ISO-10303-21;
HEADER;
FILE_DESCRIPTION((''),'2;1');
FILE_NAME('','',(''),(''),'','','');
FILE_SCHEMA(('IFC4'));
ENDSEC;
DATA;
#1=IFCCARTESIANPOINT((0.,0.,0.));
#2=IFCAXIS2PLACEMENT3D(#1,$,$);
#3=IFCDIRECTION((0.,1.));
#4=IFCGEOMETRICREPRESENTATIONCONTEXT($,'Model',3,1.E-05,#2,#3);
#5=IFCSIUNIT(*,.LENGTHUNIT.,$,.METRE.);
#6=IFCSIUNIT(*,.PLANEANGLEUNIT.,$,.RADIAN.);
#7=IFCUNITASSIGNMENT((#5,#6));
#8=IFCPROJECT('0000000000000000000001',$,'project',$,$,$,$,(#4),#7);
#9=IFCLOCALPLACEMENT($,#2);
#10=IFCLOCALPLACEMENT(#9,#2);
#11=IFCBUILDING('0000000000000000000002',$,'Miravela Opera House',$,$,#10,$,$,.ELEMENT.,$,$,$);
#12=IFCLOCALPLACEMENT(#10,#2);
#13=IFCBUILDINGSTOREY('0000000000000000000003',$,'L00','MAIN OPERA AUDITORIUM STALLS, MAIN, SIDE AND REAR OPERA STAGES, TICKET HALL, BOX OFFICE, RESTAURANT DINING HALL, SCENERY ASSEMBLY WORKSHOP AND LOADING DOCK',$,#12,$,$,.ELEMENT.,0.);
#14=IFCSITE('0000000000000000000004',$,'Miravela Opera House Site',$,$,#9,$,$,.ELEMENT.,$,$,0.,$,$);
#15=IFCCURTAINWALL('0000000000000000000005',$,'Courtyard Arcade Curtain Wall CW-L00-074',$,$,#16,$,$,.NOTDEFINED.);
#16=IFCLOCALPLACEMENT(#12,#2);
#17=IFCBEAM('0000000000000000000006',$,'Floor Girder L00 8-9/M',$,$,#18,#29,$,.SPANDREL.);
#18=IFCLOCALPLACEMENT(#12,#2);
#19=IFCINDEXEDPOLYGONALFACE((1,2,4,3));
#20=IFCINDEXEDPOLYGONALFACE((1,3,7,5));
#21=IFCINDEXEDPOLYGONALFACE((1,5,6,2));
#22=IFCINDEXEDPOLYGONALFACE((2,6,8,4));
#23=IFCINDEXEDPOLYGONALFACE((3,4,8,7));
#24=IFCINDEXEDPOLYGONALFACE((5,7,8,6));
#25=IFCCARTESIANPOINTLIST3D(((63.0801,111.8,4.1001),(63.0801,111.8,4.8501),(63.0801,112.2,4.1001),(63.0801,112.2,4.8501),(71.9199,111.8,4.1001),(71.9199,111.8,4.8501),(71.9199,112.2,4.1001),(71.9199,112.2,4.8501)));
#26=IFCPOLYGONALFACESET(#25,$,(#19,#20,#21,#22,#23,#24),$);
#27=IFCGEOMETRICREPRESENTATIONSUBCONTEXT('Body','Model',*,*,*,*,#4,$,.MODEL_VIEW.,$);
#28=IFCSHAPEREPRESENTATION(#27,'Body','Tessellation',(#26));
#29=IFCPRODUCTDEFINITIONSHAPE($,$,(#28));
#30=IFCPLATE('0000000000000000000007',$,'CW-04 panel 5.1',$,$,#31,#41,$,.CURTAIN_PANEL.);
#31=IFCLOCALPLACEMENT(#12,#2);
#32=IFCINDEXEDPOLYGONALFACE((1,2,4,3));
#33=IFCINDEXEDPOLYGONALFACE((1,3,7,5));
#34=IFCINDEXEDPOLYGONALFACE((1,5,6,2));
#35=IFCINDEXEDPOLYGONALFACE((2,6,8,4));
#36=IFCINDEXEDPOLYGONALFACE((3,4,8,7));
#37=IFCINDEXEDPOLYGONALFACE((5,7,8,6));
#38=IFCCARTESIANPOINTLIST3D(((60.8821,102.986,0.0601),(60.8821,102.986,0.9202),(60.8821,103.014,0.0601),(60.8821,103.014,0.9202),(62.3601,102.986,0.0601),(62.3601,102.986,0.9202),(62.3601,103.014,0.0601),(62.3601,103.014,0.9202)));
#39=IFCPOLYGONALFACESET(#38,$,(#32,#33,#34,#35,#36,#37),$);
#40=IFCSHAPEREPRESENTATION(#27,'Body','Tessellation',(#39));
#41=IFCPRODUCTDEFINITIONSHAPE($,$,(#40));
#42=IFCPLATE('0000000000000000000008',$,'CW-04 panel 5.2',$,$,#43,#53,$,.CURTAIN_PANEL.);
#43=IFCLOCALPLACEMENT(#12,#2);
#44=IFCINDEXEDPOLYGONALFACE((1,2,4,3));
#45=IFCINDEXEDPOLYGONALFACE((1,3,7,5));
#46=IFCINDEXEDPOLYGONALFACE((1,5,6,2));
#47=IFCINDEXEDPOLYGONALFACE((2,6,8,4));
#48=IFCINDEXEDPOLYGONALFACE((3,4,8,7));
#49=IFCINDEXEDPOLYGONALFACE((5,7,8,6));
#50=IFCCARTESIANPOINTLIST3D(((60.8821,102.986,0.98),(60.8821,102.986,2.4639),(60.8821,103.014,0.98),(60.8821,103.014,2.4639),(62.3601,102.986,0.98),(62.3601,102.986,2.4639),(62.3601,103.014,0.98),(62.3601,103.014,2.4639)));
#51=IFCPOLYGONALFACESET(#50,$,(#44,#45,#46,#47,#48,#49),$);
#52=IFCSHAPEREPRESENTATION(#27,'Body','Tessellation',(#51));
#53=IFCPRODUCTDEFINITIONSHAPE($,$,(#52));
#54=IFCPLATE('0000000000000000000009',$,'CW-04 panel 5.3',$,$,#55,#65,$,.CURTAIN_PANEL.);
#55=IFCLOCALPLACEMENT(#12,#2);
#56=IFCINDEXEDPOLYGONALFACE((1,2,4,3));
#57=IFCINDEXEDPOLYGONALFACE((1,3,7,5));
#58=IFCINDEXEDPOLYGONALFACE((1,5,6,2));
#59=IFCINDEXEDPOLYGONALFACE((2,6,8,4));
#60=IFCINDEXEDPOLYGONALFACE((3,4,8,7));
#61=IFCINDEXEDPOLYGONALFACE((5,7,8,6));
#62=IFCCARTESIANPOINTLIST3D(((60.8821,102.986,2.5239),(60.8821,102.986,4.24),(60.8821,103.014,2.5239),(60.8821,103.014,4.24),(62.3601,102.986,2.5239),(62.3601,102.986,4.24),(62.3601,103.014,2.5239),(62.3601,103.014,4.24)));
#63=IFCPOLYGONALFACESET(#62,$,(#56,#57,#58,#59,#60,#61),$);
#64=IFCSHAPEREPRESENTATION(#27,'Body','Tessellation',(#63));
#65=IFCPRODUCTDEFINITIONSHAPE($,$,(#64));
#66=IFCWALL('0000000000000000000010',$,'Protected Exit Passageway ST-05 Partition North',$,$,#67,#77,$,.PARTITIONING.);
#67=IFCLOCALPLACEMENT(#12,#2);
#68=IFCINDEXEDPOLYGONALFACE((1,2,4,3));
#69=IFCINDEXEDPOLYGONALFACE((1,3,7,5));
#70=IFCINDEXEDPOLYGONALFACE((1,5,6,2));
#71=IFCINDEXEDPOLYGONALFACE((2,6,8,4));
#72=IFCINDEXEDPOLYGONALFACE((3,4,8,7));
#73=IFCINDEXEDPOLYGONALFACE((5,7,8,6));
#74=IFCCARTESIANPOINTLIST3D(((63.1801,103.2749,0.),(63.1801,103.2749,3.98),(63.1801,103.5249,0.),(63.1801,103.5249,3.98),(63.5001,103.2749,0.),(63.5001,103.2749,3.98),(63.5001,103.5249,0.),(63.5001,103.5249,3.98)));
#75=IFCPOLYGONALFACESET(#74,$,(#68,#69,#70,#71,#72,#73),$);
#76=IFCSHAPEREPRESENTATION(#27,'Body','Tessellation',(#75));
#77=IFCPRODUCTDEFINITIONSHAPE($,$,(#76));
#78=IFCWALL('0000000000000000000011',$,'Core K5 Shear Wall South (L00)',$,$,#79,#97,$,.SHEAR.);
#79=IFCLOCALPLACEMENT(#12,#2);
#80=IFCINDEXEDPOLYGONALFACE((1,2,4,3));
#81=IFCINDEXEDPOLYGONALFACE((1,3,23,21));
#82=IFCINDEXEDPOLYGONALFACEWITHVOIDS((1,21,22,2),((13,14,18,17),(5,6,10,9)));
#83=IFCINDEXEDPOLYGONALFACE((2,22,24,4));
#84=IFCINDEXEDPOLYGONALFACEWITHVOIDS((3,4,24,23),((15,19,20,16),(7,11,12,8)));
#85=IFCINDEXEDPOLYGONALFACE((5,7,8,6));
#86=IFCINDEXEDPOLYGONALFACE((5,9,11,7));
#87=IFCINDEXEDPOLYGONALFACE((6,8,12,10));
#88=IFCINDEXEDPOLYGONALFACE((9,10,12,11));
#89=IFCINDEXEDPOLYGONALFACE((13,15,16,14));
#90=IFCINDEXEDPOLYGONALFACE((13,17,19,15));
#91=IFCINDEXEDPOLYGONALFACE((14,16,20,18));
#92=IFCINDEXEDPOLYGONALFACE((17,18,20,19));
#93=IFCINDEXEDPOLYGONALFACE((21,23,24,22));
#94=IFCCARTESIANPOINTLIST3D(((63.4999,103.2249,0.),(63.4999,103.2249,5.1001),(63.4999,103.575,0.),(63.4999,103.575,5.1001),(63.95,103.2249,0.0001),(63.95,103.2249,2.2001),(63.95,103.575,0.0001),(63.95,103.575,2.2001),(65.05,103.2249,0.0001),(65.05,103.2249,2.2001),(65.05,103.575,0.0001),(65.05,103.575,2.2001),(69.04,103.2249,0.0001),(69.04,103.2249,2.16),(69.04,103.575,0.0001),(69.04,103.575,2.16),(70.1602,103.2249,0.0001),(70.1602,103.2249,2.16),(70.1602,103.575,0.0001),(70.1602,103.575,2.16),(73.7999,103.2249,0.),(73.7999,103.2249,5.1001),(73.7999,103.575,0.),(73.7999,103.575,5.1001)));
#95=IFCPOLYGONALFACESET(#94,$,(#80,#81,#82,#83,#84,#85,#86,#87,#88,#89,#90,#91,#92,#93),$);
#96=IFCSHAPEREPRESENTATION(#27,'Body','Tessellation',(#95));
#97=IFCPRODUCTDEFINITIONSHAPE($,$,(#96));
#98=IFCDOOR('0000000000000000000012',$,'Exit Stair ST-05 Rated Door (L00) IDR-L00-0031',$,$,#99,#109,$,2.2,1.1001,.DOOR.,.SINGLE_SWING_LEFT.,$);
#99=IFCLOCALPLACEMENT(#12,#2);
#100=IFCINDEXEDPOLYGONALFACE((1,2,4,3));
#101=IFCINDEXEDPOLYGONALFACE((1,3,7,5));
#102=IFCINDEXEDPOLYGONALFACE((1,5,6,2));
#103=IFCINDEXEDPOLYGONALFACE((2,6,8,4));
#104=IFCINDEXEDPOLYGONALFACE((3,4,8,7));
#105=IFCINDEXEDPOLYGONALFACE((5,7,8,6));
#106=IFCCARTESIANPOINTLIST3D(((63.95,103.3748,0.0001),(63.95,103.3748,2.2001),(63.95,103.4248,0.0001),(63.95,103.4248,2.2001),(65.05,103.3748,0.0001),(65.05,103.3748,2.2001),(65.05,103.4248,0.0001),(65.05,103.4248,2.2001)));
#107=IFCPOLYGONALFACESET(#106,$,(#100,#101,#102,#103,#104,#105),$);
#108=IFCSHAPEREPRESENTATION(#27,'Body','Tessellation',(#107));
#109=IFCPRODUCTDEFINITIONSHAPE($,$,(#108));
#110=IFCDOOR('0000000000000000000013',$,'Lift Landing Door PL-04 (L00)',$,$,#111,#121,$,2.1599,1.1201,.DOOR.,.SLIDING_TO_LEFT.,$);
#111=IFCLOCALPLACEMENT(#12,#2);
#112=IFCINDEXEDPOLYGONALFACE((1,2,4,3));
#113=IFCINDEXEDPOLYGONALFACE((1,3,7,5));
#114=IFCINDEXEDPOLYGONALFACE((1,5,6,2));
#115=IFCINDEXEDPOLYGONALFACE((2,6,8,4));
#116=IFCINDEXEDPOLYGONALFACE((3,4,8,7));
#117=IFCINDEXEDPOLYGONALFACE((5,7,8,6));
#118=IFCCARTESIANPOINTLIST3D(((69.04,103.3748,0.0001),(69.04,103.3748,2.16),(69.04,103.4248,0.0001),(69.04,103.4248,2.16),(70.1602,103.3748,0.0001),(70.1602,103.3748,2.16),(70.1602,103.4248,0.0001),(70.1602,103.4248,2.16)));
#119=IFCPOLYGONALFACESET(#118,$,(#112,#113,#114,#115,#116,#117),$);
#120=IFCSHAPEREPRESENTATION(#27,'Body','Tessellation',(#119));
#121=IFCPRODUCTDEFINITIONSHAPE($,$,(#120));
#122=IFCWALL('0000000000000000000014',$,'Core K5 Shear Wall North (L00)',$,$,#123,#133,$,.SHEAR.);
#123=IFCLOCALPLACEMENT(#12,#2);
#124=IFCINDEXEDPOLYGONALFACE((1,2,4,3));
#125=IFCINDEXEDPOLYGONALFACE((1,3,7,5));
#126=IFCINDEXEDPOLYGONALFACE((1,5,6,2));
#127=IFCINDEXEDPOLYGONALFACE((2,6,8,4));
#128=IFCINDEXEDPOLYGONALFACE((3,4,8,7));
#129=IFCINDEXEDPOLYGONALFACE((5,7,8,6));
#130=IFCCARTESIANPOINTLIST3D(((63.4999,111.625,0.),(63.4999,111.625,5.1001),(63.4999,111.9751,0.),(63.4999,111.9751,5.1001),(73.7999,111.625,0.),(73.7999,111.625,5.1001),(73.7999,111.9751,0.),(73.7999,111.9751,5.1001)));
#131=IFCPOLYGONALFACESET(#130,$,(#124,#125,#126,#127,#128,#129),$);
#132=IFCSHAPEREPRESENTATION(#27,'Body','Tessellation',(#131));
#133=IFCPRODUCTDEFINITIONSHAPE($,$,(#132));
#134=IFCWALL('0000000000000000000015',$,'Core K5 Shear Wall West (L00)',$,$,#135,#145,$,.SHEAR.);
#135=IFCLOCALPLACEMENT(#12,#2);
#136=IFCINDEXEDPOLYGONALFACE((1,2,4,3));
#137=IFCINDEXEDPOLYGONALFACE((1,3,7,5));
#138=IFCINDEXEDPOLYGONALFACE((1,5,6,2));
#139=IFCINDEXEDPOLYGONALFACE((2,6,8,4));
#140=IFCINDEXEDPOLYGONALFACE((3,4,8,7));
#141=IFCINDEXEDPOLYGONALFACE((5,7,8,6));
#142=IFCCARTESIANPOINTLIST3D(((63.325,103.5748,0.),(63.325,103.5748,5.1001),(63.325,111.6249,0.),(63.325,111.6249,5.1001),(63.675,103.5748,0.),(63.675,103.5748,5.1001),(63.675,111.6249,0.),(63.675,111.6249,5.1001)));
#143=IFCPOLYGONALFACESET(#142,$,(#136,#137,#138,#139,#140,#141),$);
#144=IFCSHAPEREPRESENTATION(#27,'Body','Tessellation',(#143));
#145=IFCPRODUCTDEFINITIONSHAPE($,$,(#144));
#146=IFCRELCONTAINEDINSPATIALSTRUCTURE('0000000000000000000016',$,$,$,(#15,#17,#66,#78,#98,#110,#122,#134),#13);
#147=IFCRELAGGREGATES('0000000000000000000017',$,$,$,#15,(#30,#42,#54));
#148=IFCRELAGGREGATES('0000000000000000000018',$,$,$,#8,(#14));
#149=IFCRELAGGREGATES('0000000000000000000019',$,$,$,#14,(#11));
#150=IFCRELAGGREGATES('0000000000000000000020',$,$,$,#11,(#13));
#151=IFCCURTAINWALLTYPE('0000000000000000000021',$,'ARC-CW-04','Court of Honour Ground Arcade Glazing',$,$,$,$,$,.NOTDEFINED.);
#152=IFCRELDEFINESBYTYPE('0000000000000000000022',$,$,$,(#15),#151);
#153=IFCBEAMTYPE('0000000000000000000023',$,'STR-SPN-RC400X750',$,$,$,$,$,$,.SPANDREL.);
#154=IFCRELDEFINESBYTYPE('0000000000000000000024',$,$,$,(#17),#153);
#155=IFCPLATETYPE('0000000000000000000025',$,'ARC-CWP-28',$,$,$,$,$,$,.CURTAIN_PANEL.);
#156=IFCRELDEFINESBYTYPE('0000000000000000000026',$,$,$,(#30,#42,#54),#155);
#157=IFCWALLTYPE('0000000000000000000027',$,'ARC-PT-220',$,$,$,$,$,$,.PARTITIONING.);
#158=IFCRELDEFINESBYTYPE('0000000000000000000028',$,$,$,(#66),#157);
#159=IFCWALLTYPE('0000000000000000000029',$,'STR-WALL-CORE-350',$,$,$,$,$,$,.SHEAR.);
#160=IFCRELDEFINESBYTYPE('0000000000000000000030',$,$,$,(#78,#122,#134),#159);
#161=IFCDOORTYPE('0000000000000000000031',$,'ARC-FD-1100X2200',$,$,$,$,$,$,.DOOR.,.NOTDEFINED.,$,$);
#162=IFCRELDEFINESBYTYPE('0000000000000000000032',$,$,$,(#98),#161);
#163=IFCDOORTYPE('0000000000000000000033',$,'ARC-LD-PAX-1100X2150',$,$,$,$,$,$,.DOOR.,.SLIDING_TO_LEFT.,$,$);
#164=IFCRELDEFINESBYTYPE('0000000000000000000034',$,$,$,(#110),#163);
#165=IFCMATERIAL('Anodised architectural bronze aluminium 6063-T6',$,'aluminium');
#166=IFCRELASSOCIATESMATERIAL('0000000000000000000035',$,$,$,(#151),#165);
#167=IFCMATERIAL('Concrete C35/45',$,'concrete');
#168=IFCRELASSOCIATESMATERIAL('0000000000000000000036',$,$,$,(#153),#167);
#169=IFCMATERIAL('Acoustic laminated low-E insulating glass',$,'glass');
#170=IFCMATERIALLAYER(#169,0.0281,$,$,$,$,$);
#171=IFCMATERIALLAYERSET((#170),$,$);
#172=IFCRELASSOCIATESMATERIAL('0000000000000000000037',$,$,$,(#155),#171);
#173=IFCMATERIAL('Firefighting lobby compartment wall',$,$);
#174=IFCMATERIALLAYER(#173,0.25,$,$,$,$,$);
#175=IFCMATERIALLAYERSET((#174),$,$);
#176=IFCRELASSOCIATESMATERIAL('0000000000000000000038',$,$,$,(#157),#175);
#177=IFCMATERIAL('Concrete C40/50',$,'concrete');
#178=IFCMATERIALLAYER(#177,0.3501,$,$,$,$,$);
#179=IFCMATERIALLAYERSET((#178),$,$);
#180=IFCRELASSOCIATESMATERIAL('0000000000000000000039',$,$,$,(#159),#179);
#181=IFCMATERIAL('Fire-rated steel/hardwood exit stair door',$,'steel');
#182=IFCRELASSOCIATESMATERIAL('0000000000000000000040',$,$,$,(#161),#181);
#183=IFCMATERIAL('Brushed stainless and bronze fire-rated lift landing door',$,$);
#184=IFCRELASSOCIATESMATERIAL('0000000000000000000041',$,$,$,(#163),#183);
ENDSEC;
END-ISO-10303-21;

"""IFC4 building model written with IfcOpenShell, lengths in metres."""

from ifc_helpers import new_model, si_unit, direction, frame, frame_2d, origin, origin_2d, place, context, subcontext, project, spatial, rectangle, extrude, material, layer, layer_set, material_profile, profile_set, type_object, element, fill, aggregate, save


model = new_model("IFC4")

# Units and contexts
model_context = context("Model", 3, precision=1e-05, world=origin(), true_north=direction((0.0, 1.0)))
body_context = subcontext(model_context, "Body", "Model", "MODEL_VIEW")
ifc_project = project(units=[si_unit("LENGTHUNIT", "METRE"), si_unit("PLANEANGLEUNIT", "RADIAN")], contexts=[model_context])

# Site, building, storey
site_placement = place(None, origin())
site = spatial("IfcSite", under=ifc_project, at=site_placement, Name="Miravela Opera House Site", CompositionType="ELEMENT", RefElevation=0.0)
building_placement = place(site_placement, origin())
building = spatial("IfcBuilding", under=site, at=building_placement, Name="Miravela Opera House", CompositionType="ELEMENT")
storey_placement = place(building_placement, origin())
storey = spatial("IfcBuildingStorey", under=building, at=storey_placement, Name="L00", Description="MAIN OPERA AUDITORIUM STALLS, MAIN, SIDE AND REAR OPERA STAGES, TICKET HALL, BOX OFFICE, RESTAURANT DINING HALL, SCENERY ASSEMBLY WORKSHOP AND LOADING DOCK", CompositionType="ELEMENT", Elevation=0.0)

# Shared definitions
ifc_material_1 = material(Name="Concrete C40/50", Category="concrete")

# Curtain wall
ifc_material_2 = material(Name="Anodised architectural bronze aluminium 6063-T6", Category="aluminium")
curtain_wall_type = type_object("IfcCurtainWallType", Name="ARC-CW-04", Description="Court of Honour Ground Arcade Glazing", PredefinedType="NOTDEFINED", material=ifc_material_2)
curtain_wall_placement = place(storey_placement, origin())
curtain_wall = element("IfcCurtainWall", 1, at=curtain_wall_placement, inside=storey, type_object=curtain_wall_type, Name="Courtyard Arcade Curtain Wall CW-L00-074", PredefinedType="NOTDEFINED")

# Beam
ifc_material_3 = material(Name="Concrete C35/45", Category="concrete")
ifc_material_profile_1 = material_profile(ifc_material_3, rectangle(XDim=0.3999, YDim=0.75, at=origin_2d()), Name="RC-SPN-400X750")
ifc_profile_set_1 = profile_set([ifc_material_profile_1])
beam_type_1 = type_object("IfcBeamType", Name="STR-SPN-RC400X750", PredefinedType="SPANDREL", material=ifc_profile_set_1)
beam_1_placement = place(storey_placement, frame((63.0801, 112.0, 4.4751), z_axis=(1.0, 0.0, 0.0), x_axis=(0.0, 1.0, 0.0)))
element("IfcBeam", 2, at=beam_1_placement, inside=storey, type_object=beam_type_1, Name="Floor Girder L00 8-9/M", PredefinedType="SPANDREL", context=body_context, shape_type="SweptSolid", body=[
    extrude(rectangle(XDim=0.3999, YDim=0.75, at=origin_2d()), origin(), (0.0, 0.0, 1.0), 8.8398),
])

# Plates
ifc_material_4 = material(Name="Acoustic laminated low-E insulating glass", Category="glass")
ifc_layer_1 = layer(ifc_material_4, 0.0281)
ifc_layer_set_1 = layer_set([ifc_layer_1])
plate_type = type_object("IfcPlateType", Name="ARC-CWP-28", PredefinedType="CURTAIN_PANEL", material=ifc_layer_set_1)
plate_1_placement = place(storey_placement, frame((61.6211, 103.0, 0.0601), z_axis=(0.0, 0.0, 1.0), x_axis=(1.0, 0.0, 0.0)))
plate_1 = element("IfcPlate", 3, at=plate_1_placement, type_object=plate_type, Name="CW-04 panel 5.1", PredefinedType="CURTAIN_PANEL", context=body_context, shape_type="SweptSolid", body=[
    extrude(rectangle(XDim=1.478, YDim=0.0281, at=origin_2d()), origin(), (0.0, 0.0, 1.0), 0.8601),
])
plate_2_placement = place(storey_placement, frame((61.6211, 103.0, 0.98), z_axis=(0.0, 0.0, 1.0), x_axis=(1.0, 0.0, 0.0)))
plate_2 = element("IfcPlate", 4, at=plate_2_placement, type_object=plate_type, Name="CW-04 panel 5.2", PredefinedType="CURTAIN_PANEL", context=body_context, shape_type="SweptSolid", body=[
    extrude(rectangle(XDim=1.478, YDim=0.0281, at=origin_2d()), origin(), (0.0, 0.0, 1.0), 1.4839),
])
plate_3_placement = place(storey_placement, frame((61.6211, 103.0, 2.5239), z_axis=(0.0, 0.0, 1.0), x_axis=(1.0, 0.0, 0.0)))
plate_3 = element("IfcPlate", 5, at=plate_3_placement, type_object=plate_type, Name="CW-04 panel 5.3", PredefinedType="CURTAIN_PANEL", context=body_context, shape_type="SweptSolid", body=[
    extrude(rectangle(XDim=1.478, YDim=0.0281, at=origin_2d()), origin(), (0.0, 0.0, 1.0), 1.7161),
])
aggregate(curtain_wall, [plate_1, plate_2, plate_3])

# Wall
ifc_material_5 = material(Name="Firefighting lobby compartment wall")
ifc_layer_2 = layer(ifc_material_5, 0.25)
ifc_layer_set_2 = layer_set([ifc_layer_2])
wall_type_1 = type_object("IfcWallType", Name="ARC-PT-220", PredefinedType="PARTITIONING", material=ifc_layer_set_2)
wall_1_placement = place(storey_placement, frame((63.1799, 103.3999, 0.0), z_axis=(0.0, 0.0, 1.0), x_axis=(1.0, 0.0, 0.0)))
element("IfcWall", 6, at=wall_1_placement, inside=storey, type_object=wall_type_1, Name="Protected Exit Passageway ST-05 Partition North", PredefinedType="PARTITIONING", context=body_context, shape_type="SweptSolid", body=[
    extrude(rectangle(XDim=0.3201, YDim=0.25, at=frame_2d((0.1602, 0.0))), origin(), (0.0, 0.0, 1.0), 3.98),
])

# Wall, openings, doors
ifc_layer_3 = layer(ifc_material_1, 0.3501)
ifc_layer_set_3 = layer_set([ifc_layer_3])
wall_type_2 = type_object("IfcWallType", Name="STR-WALL-CORE-350", PredefinedType="SHEAR", material=ifc_layer_set_3)
wall_2_placement = place(storey_placement, frame((63.5, 103.3999, 0.0), z_axis=(0.0, 0.0, 1.0), x_axis=(1.0, 0.0, 0.0)))
wall_2 = element("IfcWall", 7, at=wall_2_placement, inside=storey, type_object=wall_type_2, Name="Core K5 Shear Wall South (L00)", PredefinedType="SHEAR", context=body_context, shape_type="SweptSolid", body=[
    extrude(rectangle(XDim=10.3, YDim=0.3501, at=frame_2d((5.1499, 0.0))), origin(), (0.0, 0.0, 1.0), 5.1001),
])
opening_1_placement = place(wall_2_placement, frame((0.45, 0.0, 0.0)))
opening_1 = element("IfcOpeningElement", 8, at=opening_1_placement, cuts=wall_2, PredefinedType="OPENING", context=body_context, shape_type="SweptSolid", body=[
    extrude(rectangle(XDim=1.1001, YDim=2.2, at=frame_2d((0.55, 1.1001))), frame((0.0, 0.1851, 0.0), z_axis=(0.0, -1.0, 0.0), x_axis=(1.0, 0.0, 0.0)), (0.0, 0.0, 1.0), 0.3701),
])
opening_2_placement = place(wall_2_placement, frame((5.54, 0.0, 0.0)))
opening_2 = element("IfcOpeningElement", 9, at=opening_2_placement, cuts=wall_2, PredefinedType="OPENING", context=body_context, shape_type="SweptSolid", body=[
    extrude(rectangle(XDim=1.1201, YDim=2.1599, at=frame_2d((0.5601, 1.0801))), frame((0.0, 0.1851, 0.0), z_axis=(0.0, -1.0, 0.0), x_axis=(1.0, 0.0, 0.0)), (0.0, 0.0, 1.0), 0.3701),
])
ifc_material_6 = material(Name="Fire-rated steel/hardwood exit stair door", Category="steel")
door_type_1 = type_object("IfcDoorType", Name="ARC-FD-1100X2200", OperationType="NOTDEFINED", PredefinedType="DOOR", material=ifc_material_6)
door_1_placement = place(opening_1_placement, origin())
door_1 = element("IfcDoor", 10, at=door_1_placement, inside=storey, type_object=door_type_1, Name="Exit Stair ST-05 Rated Door (L00) IDR-L00-0031", OperationType="SINGLE_SWING_LEFT", OverallHeight=2.2, OverallWidth=1.1001, PredefinedType="DOOR", context=body_context, shape_type="SweptSolid", body=[
    extrude(rectangle(XDim=1.1001, YDim=2.2, at=frame_2d((0.55, 1.1001))), frame((0.0, 0.0249, 0.0), z_axis=(0.0, -1.0, 0.0), x_axis=(1.0, 0.0, 0.0)), (0.0, 0.0, 1.0), 0.05),
])
fill(opening_1, door_1)
ifc_material_7 = material(Name="Brushed stainless and bronze fire-rated lift landing door")
door_type_2 = type_object("IfcDoorType", Name="ARC-LD-PAX-1100X2150", OperationType="SLIDING_TO_LEFT", PredefinedType="DOOR", material=ifc_material_7)
door_2_placement = place(opening_2_placement, origin())
door_2 = element("IfcDoor", 11, at=door_2_placement, inside=storey, type_object=door_type_2, Name="Lift Landing Door PL-04 (L00)", OperationType="SLIDING_TO_LEFT", OverallHeight=2.1599, OverallWidth=1.1201, PredefinedType="DOOR", context=body_context, shape_type="SweptSolid", body=[
    extrude(rectangle(XDim=1.1201, YDim=2.1599, at=frame_2d((0.5601, 1.0801))), frame((0.0, 0.0249, 0.0), z_axis=(0.0, -1.0, 0.0), x_axis=(1.0, 0.0, 0.0)), (0.0, 0.0, 1.0), 0.05),
])
fill(opening_2, door_2)

# Walls
wall_3_placement = place(storey_placement, frame((63.5, 111.8, 0.0), z_axis=(0.0, 0.0, 1.0), x_axis=(1.0, 0.0, 0.0)))
element("IfcWall", 12, at=wall_3_placement, inside=storey, type_object=wall_type_2, Name="Core K5 Shear Wall North (L00)", PredefinedType="SHEAR", context=body_context, shape_type="SweptSolid", body=[
    extrude(rectangle(XDim=10.3, YDim=0.3501, at=frame_2d((5.1499, 0.0))), origin(), (0.0, 0.0, 1.0), 5.1001),
])
wall_4_placement = place(storey_placement, frame((63.5, 103.575, 0.0), z_axis=(0.0, 0.0, 1.0), x_axis=(0.0, 1.0, 0.0)))
element("IfcWall", 13, at=wall_4_placement, inside=storey, type_object=wall_type_2, Name="Core K5 Shear Wall West (L00)", PredefinedType="SHEAR", context=body_context, shape_type="SweptSolid", body=[
    extrude(rectangle(XDim=8.05, YDim=0.3501, at=frame_2d((4.0249, 0.0))), origin(), (0.0, 0.0, 1.0), 5.1001),
])

save(model, "model.ifc")
